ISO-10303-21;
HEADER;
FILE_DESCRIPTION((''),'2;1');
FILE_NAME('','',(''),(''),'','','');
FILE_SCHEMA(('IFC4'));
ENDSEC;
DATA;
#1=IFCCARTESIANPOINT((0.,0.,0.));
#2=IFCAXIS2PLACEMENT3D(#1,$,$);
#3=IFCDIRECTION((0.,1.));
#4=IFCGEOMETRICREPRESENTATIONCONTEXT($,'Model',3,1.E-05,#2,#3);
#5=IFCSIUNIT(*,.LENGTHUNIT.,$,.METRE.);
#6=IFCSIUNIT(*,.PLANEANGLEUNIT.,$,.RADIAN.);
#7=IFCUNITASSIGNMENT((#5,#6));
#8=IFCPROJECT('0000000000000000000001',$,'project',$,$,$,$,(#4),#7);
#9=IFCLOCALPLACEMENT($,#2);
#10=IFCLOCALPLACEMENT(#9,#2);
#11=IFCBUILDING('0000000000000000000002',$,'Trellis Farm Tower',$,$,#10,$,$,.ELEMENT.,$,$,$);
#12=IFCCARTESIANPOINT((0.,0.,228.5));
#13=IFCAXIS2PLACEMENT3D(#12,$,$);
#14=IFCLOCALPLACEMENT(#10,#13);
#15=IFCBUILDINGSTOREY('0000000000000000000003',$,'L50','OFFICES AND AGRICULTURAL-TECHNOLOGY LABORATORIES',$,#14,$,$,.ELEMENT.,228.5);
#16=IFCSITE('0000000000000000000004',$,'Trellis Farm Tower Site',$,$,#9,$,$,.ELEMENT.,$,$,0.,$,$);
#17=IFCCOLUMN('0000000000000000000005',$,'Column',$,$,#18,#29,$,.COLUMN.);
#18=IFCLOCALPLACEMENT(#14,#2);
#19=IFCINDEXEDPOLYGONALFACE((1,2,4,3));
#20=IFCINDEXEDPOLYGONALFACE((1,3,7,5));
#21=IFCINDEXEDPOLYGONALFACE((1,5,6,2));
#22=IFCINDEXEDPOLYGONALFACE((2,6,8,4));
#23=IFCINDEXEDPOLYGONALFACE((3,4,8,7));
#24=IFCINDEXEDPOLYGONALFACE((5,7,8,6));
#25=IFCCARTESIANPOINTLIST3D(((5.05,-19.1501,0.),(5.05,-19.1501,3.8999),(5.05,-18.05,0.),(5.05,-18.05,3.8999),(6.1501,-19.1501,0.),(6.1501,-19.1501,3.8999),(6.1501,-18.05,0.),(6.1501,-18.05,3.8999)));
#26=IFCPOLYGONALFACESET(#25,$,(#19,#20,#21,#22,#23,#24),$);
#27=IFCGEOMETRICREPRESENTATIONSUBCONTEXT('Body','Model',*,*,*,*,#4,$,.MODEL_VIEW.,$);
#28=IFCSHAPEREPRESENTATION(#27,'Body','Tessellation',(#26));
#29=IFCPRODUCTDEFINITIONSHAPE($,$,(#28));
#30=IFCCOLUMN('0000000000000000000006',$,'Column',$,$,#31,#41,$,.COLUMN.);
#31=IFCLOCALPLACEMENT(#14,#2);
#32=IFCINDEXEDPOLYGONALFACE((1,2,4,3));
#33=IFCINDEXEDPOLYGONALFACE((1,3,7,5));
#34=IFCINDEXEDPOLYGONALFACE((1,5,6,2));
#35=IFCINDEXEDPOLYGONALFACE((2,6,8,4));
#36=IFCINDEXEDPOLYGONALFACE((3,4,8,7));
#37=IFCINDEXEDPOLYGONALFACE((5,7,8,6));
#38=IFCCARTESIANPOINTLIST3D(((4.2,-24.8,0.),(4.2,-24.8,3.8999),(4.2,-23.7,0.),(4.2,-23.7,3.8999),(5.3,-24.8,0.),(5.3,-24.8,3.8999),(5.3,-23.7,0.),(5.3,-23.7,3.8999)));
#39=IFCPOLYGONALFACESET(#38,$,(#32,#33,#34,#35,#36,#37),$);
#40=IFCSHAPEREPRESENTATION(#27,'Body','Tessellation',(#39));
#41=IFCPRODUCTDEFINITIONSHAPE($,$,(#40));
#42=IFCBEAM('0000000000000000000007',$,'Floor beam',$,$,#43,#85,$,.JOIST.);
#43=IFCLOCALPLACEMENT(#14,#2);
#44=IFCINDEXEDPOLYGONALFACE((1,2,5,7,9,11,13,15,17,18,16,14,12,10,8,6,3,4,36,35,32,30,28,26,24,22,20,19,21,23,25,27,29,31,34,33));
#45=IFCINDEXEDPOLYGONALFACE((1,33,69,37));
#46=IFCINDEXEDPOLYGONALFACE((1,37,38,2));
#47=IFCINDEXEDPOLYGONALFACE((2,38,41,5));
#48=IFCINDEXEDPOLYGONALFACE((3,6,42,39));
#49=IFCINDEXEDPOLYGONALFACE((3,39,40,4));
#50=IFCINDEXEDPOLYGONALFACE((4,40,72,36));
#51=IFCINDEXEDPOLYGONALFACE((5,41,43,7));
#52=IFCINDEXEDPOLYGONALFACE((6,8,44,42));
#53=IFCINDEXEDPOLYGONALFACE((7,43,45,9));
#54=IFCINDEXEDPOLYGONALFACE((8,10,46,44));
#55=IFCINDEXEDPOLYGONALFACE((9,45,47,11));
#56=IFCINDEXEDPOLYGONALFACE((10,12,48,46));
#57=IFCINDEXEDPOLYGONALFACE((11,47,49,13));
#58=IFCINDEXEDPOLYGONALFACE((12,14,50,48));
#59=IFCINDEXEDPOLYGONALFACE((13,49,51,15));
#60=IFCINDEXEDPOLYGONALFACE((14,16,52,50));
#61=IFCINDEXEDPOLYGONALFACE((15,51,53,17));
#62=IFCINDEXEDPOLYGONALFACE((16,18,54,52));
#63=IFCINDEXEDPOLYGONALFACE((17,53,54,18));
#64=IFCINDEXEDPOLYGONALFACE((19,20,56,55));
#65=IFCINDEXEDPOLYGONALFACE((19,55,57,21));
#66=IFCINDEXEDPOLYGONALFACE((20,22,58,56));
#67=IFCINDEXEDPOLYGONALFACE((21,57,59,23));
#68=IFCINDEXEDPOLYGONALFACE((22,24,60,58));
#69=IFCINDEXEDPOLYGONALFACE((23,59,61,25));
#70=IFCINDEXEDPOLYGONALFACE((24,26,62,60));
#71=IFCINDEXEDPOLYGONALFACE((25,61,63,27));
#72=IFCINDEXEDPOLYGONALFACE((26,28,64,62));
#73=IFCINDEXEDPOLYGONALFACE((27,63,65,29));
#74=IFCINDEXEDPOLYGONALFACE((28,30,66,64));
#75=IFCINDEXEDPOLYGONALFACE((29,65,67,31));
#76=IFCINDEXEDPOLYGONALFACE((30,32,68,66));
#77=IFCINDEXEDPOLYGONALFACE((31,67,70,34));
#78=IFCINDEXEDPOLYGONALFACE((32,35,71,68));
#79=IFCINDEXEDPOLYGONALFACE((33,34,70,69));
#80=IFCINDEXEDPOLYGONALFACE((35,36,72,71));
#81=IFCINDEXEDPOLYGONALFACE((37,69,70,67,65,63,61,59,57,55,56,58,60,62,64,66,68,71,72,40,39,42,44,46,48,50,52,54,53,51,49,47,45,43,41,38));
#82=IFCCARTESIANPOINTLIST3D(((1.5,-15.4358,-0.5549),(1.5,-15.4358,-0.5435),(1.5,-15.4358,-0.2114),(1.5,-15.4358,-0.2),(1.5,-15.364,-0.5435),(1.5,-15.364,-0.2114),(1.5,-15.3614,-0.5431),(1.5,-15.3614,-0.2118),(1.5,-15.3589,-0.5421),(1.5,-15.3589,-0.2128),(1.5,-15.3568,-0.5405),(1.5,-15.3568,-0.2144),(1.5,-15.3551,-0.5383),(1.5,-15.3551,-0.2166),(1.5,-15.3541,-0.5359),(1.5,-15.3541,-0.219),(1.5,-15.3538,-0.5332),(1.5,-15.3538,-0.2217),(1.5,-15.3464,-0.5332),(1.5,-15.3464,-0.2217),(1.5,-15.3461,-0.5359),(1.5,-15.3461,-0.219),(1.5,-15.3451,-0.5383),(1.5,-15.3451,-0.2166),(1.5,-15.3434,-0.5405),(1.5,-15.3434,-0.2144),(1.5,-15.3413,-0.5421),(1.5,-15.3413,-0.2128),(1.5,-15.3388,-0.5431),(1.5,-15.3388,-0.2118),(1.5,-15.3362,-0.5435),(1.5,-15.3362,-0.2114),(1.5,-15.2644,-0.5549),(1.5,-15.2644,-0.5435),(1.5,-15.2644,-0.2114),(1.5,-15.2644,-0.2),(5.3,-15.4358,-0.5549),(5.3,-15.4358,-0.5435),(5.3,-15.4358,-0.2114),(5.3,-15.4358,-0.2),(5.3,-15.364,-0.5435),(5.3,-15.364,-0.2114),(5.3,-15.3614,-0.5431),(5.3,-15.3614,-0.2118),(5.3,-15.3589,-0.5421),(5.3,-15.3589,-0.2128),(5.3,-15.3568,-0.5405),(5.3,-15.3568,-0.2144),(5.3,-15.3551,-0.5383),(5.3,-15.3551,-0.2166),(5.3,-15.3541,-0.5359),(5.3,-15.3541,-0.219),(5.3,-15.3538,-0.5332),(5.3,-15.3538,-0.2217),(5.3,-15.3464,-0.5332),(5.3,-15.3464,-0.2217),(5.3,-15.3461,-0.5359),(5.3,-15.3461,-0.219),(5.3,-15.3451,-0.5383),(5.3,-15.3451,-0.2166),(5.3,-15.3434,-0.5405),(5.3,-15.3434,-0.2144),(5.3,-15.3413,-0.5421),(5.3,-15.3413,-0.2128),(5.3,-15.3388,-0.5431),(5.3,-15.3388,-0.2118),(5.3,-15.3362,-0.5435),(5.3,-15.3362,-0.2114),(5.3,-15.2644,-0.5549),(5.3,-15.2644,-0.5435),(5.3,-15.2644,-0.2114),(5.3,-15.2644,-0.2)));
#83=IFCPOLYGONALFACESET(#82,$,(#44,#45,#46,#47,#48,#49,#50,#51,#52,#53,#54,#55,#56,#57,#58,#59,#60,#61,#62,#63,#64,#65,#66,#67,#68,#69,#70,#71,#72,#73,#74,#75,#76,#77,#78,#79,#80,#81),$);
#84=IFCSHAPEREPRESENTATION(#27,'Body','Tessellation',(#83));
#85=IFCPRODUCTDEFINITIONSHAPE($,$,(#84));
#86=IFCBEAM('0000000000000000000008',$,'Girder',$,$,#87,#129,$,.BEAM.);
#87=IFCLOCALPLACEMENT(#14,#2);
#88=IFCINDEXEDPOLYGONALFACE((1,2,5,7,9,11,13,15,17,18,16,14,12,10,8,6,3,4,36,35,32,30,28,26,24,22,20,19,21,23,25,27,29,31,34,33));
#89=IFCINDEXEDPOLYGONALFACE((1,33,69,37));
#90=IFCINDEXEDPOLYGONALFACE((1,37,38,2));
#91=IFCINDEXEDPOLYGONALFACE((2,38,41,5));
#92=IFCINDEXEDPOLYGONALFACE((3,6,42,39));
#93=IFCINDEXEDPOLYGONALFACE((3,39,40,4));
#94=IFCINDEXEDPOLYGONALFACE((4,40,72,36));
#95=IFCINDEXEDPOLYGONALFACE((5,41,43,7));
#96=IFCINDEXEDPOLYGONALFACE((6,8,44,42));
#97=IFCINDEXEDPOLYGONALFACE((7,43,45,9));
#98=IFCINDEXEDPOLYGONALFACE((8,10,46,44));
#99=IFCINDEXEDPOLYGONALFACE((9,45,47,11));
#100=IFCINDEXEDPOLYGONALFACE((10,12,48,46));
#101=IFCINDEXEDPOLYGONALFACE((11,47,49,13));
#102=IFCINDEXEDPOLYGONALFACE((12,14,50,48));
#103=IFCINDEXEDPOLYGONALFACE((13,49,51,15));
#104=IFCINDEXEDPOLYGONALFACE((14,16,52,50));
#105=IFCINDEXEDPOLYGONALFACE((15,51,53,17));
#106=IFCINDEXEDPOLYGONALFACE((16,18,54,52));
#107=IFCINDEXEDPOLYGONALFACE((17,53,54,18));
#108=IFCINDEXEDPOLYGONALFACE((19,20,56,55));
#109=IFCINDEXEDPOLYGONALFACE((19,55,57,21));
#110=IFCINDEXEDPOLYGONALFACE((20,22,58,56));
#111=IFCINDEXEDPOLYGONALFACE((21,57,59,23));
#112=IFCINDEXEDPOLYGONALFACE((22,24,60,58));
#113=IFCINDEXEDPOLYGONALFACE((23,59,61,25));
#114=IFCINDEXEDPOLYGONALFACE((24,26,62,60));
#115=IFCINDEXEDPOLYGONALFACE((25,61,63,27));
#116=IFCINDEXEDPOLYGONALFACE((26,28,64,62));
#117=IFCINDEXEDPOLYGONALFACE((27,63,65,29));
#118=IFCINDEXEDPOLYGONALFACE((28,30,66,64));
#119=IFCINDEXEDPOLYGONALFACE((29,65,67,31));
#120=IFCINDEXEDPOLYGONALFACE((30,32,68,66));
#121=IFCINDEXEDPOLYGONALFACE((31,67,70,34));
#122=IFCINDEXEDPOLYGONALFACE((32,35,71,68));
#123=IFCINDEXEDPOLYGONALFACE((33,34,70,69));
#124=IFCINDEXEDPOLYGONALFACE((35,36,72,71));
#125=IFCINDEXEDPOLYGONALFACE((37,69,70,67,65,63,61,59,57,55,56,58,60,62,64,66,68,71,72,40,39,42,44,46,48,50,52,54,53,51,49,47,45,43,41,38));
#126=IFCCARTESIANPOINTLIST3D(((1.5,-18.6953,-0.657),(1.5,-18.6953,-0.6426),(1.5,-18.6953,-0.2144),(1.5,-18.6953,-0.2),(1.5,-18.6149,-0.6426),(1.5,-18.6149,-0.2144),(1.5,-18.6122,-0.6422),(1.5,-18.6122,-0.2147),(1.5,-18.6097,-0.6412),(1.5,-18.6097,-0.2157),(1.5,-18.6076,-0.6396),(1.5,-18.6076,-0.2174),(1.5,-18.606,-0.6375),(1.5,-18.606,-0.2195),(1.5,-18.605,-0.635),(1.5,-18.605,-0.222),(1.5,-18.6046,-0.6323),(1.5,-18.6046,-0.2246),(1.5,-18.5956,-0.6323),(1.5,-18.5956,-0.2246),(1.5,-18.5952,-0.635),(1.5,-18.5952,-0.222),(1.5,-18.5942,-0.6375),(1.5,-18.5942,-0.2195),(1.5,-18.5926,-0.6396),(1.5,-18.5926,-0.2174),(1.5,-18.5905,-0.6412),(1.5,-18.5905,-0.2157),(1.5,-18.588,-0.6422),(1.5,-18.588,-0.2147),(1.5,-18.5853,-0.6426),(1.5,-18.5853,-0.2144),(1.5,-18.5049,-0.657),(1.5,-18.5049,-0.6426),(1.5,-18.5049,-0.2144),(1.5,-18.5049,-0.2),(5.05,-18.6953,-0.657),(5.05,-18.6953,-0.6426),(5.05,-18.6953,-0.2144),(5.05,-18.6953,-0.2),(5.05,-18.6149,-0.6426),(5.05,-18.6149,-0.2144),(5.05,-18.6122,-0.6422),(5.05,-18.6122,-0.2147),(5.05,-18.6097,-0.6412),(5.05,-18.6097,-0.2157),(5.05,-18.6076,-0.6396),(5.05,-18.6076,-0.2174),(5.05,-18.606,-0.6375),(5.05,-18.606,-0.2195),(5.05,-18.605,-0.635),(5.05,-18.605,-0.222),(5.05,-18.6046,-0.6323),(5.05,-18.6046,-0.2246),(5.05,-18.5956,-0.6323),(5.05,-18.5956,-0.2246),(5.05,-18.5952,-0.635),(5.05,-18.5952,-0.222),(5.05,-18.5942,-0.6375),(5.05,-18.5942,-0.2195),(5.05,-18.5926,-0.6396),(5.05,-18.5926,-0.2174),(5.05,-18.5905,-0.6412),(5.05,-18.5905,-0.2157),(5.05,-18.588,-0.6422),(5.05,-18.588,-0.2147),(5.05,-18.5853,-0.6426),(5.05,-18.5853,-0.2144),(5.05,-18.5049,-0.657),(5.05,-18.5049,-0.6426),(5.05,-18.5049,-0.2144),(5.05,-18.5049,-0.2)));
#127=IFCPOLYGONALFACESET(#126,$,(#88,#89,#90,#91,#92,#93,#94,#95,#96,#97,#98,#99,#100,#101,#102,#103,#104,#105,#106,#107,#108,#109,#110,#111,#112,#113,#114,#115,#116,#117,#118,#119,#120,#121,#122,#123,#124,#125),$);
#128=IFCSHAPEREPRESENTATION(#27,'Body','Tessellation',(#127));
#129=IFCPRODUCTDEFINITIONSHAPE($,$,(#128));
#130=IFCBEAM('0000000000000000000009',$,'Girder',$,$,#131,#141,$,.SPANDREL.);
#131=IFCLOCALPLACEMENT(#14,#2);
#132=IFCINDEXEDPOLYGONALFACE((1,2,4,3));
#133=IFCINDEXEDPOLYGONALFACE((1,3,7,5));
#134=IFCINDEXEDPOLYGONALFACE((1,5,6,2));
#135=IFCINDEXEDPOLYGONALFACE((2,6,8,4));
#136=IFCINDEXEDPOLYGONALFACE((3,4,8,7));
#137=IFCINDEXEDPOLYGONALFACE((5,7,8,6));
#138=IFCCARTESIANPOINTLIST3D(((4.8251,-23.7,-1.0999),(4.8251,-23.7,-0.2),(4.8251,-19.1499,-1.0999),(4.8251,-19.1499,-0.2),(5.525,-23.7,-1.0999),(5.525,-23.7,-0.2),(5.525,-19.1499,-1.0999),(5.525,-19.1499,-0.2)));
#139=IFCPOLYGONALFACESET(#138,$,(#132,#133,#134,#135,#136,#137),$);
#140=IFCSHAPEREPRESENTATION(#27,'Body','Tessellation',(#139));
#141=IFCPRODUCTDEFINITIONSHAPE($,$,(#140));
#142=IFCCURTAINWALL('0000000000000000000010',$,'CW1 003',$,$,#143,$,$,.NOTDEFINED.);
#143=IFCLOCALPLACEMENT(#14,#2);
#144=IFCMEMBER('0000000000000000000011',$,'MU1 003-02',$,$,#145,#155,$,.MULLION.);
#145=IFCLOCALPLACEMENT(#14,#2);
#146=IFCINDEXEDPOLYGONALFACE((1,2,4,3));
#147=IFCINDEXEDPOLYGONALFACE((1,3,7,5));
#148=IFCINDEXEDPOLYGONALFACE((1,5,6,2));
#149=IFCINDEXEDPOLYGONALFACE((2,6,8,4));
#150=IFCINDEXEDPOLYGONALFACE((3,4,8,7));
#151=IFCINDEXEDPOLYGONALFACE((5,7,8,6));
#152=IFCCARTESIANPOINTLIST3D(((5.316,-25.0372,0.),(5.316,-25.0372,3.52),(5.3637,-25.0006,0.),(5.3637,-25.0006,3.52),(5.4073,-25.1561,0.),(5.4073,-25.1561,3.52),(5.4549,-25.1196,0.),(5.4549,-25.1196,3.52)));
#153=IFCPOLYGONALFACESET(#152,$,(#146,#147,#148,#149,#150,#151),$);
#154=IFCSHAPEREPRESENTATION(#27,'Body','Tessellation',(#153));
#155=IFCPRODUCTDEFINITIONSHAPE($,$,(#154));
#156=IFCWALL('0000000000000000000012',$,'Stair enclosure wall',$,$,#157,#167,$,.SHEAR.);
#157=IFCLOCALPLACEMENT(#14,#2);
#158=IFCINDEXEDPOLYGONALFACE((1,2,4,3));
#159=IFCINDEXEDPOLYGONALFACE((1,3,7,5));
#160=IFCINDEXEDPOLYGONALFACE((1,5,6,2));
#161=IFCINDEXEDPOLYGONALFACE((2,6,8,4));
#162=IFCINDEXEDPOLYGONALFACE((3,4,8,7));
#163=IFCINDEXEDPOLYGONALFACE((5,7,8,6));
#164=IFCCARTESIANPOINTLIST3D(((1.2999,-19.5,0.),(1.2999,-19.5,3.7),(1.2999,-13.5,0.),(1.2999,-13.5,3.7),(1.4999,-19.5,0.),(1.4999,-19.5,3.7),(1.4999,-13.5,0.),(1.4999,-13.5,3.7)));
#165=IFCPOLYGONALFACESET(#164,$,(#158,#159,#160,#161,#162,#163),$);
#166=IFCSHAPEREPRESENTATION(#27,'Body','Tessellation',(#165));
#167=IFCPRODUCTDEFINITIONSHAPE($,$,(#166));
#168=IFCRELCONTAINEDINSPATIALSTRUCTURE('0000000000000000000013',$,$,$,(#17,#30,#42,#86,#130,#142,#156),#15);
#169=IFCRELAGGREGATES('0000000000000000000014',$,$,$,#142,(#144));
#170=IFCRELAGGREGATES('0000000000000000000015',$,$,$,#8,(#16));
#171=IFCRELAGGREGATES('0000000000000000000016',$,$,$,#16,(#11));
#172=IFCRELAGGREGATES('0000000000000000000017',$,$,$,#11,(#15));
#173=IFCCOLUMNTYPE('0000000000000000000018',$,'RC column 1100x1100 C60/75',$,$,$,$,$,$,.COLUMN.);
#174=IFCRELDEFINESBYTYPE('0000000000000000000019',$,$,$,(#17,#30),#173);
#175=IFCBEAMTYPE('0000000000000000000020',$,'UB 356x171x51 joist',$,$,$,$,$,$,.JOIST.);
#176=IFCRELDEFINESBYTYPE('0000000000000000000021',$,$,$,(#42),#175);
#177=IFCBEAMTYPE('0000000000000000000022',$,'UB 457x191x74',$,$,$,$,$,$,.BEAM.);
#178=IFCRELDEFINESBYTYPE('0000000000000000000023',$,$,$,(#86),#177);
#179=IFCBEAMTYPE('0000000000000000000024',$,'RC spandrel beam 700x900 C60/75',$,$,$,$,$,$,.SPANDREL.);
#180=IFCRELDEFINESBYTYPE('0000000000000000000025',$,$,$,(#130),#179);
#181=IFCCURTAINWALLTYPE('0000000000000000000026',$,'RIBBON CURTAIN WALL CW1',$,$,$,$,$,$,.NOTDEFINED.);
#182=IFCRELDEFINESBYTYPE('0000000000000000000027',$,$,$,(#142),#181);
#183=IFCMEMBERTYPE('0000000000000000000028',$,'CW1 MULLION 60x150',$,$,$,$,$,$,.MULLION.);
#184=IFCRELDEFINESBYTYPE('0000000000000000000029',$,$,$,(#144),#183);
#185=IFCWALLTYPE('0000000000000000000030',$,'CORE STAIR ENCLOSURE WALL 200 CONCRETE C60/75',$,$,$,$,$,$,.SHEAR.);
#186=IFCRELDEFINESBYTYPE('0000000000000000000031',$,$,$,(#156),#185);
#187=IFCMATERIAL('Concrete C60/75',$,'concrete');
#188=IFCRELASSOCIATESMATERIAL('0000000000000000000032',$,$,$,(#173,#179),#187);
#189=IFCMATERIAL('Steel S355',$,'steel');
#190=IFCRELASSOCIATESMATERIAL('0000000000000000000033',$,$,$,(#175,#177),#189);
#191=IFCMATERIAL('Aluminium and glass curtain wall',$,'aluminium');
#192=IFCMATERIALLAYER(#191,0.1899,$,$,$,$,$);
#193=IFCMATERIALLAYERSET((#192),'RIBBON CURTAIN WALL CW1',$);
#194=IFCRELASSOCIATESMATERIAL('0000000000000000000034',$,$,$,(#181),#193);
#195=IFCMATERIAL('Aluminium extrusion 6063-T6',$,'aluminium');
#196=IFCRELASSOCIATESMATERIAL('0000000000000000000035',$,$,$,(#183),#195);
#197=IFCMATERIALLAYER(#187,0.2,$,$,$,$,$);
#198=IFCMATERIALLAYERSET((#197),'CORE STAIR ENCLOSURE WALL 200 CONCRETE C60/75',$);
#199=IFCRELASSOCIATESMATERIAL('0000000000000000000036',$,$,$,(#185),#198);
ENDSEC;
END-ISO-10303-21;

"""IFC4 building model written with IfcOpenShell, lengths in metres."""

from ifc_helpers import new_model, si_unit, direction, frame, frame_2d, origin, origin_2d, place, context, subcontext, project, spatial, rectangle, i_section, extrude, source, transform, mapped, material, layer, layer_set, material_profile, profile_set, type_object, element, aggregate, save


model = new_model("IFC4")

# Units and contexts
model_context = context("Model", 3, precision=1e-05, world=origin(), true_north=direction((0.0, 1.0)))
body_context = subcontext(model_context, "Body", "Model", "MODEL_VIEW")
ifc_project = project(units=[si_unit("LENGTHUNIT", "METRE"), si_unit("PLANEANGLEUNIT", "RADIAN")], contexts=[model_context])

# Site, building, storey
site_placement = place(None, origin())
site = spatial("IfcSite", under=ifc_project, at=site_placement, Name="Trellis Farm Tower Site", CompositionType="ELEMENT", RefElevation=0.0)
building_placement = place(site_placement, origin())
building = spatial("IfcBuilding", under=site, at=building_placement, Name="Trellis Farm Tower", CompositionType="ELEMENT")
storey_placement = place(building_placement, frame((0.0, 0.0, 228.5)))
storey = spatial("IfcBuildingStorey", under=building, at=storey_placement, Name="L50", Description="OFFICES AND AGRICULTURAL-TECHNOLOGY LABORATORIES", CompositionType="ELEMENT", Elevation=228.5)

# Columns
ifc_material_1 = material(Name="Concrete C60/75", Category="concrete")
ifc_material_profile_1 = material_profile(ifc_material_1, rectangle(XDim=1.1001, YDim=1.1001, at=origin_2d()), Name="RC column 1100x1100 C60/75")
ifc_profile_set_1 = profile_set([ifc_material_profile_1], Name="Concrete C60/75")
column_type = type_object("IfcColumnType", Name="RC column 1100x1100 C60/75", PredefinedType="COLUMN", material=ifc_profile_set_1)
shared_shape_1 = source(origin(), body_context, "Body", "SweptSolid", [
    extrude(rectangle(XDim=1.1001, YDim=1.1001, at=origin_2d()), origin(), (0.0, 0.0, 1.0), 3.8999),
])
for number, where, z_axis, x_axis, name in (
    (1, (5.6001, -18.6001, 0.0), (0.0, 0.0, 1.0), (1.0, 0.0, 0.0), "Column"),
    (2, (4.75, -24.25, 0.0), (0.0, 0.0, 1.0), (1.0, 0.0, 0.0), "Column"),
):
    element("IfcColumn", number, at=place(storey_placement, frame(where, z_axis=z_axis, x_axis=x_axis)), inside=storey, type_object=column_type, Name=name, PredefinedType="COLUMN", context=body_context, shape_type="MappedRepresentation", body=[
        mapped(shared_shape_1, transform((0.0, 0.0, 0.0))),
    ])

# Beams
ifc_material_2 = material(Name="Steel S355", Category="steel")
ifc_material_profile_2 = material_profile(ifc_material_2, i_section(OverallWidth=0.1714, OverallDepth=0.355, WebThickness=0.0073, FlangeThickness=0.0115, FilletRadius=0.0103, at=origin_2d()), Name="UB 356x171x51")
ifc_profile_set_2 = profile_set([ifc_material_profile_2], Name="Steel S355")
beam_type_1 = type_object("IfcBeamType", Name="UB 356x171x51 joist", PredefinedType="JOIST", material=ifc_profile_set_2)
shared_shape_2 = source(origin(), body_context, "Body", "SweptSolid", [
    extrude(i_section(OverallWidth=0.1714, OverallDepth=0.355, WebThickness=0.0073, FlangeThickness=0.0115, FilletRadius=0.0103, at=origin_2d()), origin(), (0.0, 0.0, 1.0), 3.8),
])
beam_1_placement = place(storey_placement, frame((1.5, -15.3501, -0.3774), z_axis=(1.0, 0.0, 0.0), x_axis=(0.0, 1.0, 0.0)))
element("IfcBeam", 3, at=beam_1_placement, inside=storey, type_object=beam_type_1, Name="Floor beam", PredefinedType="JOIST", context=body_context, shape_type="MappedRepresentation", body=[
    mapped(shared_shape_2, transform((0.0, 0.0, 0.0))),
])
ifc_material_profile_3 = material_profile(ifc_material_2, i_section(OverallWidth=0.1904, OverallDepth=0.457, WebThickness=0.009, FlangeThickness=0.0144, FilletRadius=0.0103, at=origin_2d()), Name="UB 457x191x74")
ifc_profile_set_3 = profile_set([ifc_material_profile_3], Name="Steel S355")
beam_type_2 = type_object("IfcBeamType", Name="UB 457x191x74", PredefinedType="BEAM", material=ifc_profile_set_3)
shared_shape_3 = source(origin(), body_context, "Body", "SweptSolid", [
    extrude(i_section(OverallWidth=0.1904, OverallDepth=0.457, WebThickness=0.009, FlangeThickness=0.0144, FilletRadius=0.0103, at=origin_2d()), origin(), (0.0, 0.0, 1.0), 3.55),
])
beam_2_placement = place(storey_placement, frame((1.5, -18.6001, -0.4285), z_axis=(1.0, 0.0, 0.0), x_axis=(0.0, 1.0, 0.0)))
element("IfcBeam", 4, at=beam_2_placement, inside=storey, type_object=beam_type_2, Name="Girder", PredefinedType="BEAM", context=body_context, shape_type="MappedRepresentation", body=[
    mapped(shared_shape_3, transform((0.0, 0.0, 0.0))),
])
ifc_material_profile_4 = material_profile(ifc_material_1, rectangle(XDim=0.7, YDim=0.8999, at=origin_2d()), Name="RC spandrel beam 700x900 C60/75")
ifc_profile_set_4 = profile_set([ifc_material_profile_4], Name="Concrete C60/75")
beam_type_3 = type_object("IfcBeamType", Name="RC spandrel beam 700x900 C60/75", PredefinedType="SPANDREL", material=ifc_profile_set_4)
shared_shape_4 = source(origin(), body_context, "Body", "SweptSolid", [
    extrude(rectangle(XDim=0.7, YDim=0.8999, at=origin_2d()), origin(), (0.0, 0.0, 1.0), 4.55),
])
beam_3_placement = place(storey_placement, frame((5.175, -23.7, -0.6499), z_axis=(0.0, 1.0, 0.0), x_axis=(-1.0, 0.0, 0.0)))
element("IfcBeam", 5, at=beam_3_placement, inside=storey, type_object=beam_type_3, Name="Girder", PredefinedType="SPANDREL", context=body_context, shape_type="MappedRepresentation", body=[
    mapped(shared_shape_4, transform((0.0, 0.0, 0.0))),
])

# Curtain wall, member
ifc_material_3 = material(Name="Aluminium and glass curtain wall", Category="aluminium")
ifc_layer_1 = layer(ifc_material_3, 0.1899)
ifc_layer_set_1 = layer_set([ifc_layer_1], Name="RIBBON CURTAIN WALL CW1")
curtain_wall_type = type_object("IfcCurtainWallType", Name="RIBBON CURTAIN WALL CW1", PredefinedType="NOTDEFINED", material=ifc_layer_set_1)
placement = place(storey_placement, origin())
curtain_wall = element("IfcCurtainWall", 6, at=placement, inside=storey, type_object=curtain_wall_type, Name="CW1 003", PredefinedType="NOTDEFINED")
ifc_material_4 = material(Name="Aluminium extrusion 6063-T6", Category="aluminium")
ifc_material_profile_5 = material_profile(ifc_material_4, rectangle(XDim=0.0601, YDim=0.1499, at=origin_2d()), Name="MULLION 60x150")
ifc_profile_set_5 = profile_set([ifc_material_profile_5], Name="Aluminium extrusion 6063-T6")
member_type = type_object("IfcMemberType", Name="CW1 MULLION 60x150", PredefinedType="MULLION", material=ifc_profile_set_5)
shared_shape_5 = source(origin(), body_context, "Body", "SweptSolid", [
    extrude(rectangle(XDim=0.0601, YDim=0.1499, at=origin_2d()), origin(), (0.0, 0.0, 1.0), 3.52),
])
member_placement = place(storey_placement, frame((5.3855, -25.0784, 0.0), z_axis=(0.0, 0.0, 1.0), x_axis=(0.793353, 0.608761, 0.0)))
member = element("IfcMember", 7, at=member_placement, type_object=member_type, Name="MU1 003-02", PredefinedType="MULLION", context=body_context, shape_type="MappedRepresentation", body=[
    mapped(shared_shape_5, transform((0.0, 0.0, 0.0))),
])
aggregate(curtain_wall, [member])

# Wall
ifc_layer_2 = layer(ifc_material_1, 0.2)
ifc_layer_set_2 = layer_set([ifc_layer_2], Name="CORE STAIR ENCLOSURE WALL 200 CONCRETE C60/75")
wall_type_1 = type_object("IfcWallType", Name="CORE STAIR ENCLOSURE WALL 200 CONCRETE C60/75", PredefinedType="SHEAR", material=ifc_layer_set_2)
shared_shape_6 = source(origin(), body_context, "Body", "SweptSolid", [
    extrude(rectangle(XDim=6.0, YDim=0.2, at=frame_2d((3.0, 0.0))), origin(), (0.0, 0.0, 1.0), 3.7),
])
wall_1_placement = place(storey_placement, frame((1.3999, -13.5, 0.0), z_axis=(0.0, 0.0, 1.0), x_axis=(0.0, -1.0, 0.0)))
element("IfcWall", 8, at=wall_1_placement, inside=storey, type_object=wall_type_1, Name="Stair enclosure wall", PredefinedType="SHEAR", context=body_context, shape_type="MappedRepresentation", body=[
    mapped(shared_shape_6, transform((0.0, 0.0, 0.0))),
])

save(model, "model.ifc")
